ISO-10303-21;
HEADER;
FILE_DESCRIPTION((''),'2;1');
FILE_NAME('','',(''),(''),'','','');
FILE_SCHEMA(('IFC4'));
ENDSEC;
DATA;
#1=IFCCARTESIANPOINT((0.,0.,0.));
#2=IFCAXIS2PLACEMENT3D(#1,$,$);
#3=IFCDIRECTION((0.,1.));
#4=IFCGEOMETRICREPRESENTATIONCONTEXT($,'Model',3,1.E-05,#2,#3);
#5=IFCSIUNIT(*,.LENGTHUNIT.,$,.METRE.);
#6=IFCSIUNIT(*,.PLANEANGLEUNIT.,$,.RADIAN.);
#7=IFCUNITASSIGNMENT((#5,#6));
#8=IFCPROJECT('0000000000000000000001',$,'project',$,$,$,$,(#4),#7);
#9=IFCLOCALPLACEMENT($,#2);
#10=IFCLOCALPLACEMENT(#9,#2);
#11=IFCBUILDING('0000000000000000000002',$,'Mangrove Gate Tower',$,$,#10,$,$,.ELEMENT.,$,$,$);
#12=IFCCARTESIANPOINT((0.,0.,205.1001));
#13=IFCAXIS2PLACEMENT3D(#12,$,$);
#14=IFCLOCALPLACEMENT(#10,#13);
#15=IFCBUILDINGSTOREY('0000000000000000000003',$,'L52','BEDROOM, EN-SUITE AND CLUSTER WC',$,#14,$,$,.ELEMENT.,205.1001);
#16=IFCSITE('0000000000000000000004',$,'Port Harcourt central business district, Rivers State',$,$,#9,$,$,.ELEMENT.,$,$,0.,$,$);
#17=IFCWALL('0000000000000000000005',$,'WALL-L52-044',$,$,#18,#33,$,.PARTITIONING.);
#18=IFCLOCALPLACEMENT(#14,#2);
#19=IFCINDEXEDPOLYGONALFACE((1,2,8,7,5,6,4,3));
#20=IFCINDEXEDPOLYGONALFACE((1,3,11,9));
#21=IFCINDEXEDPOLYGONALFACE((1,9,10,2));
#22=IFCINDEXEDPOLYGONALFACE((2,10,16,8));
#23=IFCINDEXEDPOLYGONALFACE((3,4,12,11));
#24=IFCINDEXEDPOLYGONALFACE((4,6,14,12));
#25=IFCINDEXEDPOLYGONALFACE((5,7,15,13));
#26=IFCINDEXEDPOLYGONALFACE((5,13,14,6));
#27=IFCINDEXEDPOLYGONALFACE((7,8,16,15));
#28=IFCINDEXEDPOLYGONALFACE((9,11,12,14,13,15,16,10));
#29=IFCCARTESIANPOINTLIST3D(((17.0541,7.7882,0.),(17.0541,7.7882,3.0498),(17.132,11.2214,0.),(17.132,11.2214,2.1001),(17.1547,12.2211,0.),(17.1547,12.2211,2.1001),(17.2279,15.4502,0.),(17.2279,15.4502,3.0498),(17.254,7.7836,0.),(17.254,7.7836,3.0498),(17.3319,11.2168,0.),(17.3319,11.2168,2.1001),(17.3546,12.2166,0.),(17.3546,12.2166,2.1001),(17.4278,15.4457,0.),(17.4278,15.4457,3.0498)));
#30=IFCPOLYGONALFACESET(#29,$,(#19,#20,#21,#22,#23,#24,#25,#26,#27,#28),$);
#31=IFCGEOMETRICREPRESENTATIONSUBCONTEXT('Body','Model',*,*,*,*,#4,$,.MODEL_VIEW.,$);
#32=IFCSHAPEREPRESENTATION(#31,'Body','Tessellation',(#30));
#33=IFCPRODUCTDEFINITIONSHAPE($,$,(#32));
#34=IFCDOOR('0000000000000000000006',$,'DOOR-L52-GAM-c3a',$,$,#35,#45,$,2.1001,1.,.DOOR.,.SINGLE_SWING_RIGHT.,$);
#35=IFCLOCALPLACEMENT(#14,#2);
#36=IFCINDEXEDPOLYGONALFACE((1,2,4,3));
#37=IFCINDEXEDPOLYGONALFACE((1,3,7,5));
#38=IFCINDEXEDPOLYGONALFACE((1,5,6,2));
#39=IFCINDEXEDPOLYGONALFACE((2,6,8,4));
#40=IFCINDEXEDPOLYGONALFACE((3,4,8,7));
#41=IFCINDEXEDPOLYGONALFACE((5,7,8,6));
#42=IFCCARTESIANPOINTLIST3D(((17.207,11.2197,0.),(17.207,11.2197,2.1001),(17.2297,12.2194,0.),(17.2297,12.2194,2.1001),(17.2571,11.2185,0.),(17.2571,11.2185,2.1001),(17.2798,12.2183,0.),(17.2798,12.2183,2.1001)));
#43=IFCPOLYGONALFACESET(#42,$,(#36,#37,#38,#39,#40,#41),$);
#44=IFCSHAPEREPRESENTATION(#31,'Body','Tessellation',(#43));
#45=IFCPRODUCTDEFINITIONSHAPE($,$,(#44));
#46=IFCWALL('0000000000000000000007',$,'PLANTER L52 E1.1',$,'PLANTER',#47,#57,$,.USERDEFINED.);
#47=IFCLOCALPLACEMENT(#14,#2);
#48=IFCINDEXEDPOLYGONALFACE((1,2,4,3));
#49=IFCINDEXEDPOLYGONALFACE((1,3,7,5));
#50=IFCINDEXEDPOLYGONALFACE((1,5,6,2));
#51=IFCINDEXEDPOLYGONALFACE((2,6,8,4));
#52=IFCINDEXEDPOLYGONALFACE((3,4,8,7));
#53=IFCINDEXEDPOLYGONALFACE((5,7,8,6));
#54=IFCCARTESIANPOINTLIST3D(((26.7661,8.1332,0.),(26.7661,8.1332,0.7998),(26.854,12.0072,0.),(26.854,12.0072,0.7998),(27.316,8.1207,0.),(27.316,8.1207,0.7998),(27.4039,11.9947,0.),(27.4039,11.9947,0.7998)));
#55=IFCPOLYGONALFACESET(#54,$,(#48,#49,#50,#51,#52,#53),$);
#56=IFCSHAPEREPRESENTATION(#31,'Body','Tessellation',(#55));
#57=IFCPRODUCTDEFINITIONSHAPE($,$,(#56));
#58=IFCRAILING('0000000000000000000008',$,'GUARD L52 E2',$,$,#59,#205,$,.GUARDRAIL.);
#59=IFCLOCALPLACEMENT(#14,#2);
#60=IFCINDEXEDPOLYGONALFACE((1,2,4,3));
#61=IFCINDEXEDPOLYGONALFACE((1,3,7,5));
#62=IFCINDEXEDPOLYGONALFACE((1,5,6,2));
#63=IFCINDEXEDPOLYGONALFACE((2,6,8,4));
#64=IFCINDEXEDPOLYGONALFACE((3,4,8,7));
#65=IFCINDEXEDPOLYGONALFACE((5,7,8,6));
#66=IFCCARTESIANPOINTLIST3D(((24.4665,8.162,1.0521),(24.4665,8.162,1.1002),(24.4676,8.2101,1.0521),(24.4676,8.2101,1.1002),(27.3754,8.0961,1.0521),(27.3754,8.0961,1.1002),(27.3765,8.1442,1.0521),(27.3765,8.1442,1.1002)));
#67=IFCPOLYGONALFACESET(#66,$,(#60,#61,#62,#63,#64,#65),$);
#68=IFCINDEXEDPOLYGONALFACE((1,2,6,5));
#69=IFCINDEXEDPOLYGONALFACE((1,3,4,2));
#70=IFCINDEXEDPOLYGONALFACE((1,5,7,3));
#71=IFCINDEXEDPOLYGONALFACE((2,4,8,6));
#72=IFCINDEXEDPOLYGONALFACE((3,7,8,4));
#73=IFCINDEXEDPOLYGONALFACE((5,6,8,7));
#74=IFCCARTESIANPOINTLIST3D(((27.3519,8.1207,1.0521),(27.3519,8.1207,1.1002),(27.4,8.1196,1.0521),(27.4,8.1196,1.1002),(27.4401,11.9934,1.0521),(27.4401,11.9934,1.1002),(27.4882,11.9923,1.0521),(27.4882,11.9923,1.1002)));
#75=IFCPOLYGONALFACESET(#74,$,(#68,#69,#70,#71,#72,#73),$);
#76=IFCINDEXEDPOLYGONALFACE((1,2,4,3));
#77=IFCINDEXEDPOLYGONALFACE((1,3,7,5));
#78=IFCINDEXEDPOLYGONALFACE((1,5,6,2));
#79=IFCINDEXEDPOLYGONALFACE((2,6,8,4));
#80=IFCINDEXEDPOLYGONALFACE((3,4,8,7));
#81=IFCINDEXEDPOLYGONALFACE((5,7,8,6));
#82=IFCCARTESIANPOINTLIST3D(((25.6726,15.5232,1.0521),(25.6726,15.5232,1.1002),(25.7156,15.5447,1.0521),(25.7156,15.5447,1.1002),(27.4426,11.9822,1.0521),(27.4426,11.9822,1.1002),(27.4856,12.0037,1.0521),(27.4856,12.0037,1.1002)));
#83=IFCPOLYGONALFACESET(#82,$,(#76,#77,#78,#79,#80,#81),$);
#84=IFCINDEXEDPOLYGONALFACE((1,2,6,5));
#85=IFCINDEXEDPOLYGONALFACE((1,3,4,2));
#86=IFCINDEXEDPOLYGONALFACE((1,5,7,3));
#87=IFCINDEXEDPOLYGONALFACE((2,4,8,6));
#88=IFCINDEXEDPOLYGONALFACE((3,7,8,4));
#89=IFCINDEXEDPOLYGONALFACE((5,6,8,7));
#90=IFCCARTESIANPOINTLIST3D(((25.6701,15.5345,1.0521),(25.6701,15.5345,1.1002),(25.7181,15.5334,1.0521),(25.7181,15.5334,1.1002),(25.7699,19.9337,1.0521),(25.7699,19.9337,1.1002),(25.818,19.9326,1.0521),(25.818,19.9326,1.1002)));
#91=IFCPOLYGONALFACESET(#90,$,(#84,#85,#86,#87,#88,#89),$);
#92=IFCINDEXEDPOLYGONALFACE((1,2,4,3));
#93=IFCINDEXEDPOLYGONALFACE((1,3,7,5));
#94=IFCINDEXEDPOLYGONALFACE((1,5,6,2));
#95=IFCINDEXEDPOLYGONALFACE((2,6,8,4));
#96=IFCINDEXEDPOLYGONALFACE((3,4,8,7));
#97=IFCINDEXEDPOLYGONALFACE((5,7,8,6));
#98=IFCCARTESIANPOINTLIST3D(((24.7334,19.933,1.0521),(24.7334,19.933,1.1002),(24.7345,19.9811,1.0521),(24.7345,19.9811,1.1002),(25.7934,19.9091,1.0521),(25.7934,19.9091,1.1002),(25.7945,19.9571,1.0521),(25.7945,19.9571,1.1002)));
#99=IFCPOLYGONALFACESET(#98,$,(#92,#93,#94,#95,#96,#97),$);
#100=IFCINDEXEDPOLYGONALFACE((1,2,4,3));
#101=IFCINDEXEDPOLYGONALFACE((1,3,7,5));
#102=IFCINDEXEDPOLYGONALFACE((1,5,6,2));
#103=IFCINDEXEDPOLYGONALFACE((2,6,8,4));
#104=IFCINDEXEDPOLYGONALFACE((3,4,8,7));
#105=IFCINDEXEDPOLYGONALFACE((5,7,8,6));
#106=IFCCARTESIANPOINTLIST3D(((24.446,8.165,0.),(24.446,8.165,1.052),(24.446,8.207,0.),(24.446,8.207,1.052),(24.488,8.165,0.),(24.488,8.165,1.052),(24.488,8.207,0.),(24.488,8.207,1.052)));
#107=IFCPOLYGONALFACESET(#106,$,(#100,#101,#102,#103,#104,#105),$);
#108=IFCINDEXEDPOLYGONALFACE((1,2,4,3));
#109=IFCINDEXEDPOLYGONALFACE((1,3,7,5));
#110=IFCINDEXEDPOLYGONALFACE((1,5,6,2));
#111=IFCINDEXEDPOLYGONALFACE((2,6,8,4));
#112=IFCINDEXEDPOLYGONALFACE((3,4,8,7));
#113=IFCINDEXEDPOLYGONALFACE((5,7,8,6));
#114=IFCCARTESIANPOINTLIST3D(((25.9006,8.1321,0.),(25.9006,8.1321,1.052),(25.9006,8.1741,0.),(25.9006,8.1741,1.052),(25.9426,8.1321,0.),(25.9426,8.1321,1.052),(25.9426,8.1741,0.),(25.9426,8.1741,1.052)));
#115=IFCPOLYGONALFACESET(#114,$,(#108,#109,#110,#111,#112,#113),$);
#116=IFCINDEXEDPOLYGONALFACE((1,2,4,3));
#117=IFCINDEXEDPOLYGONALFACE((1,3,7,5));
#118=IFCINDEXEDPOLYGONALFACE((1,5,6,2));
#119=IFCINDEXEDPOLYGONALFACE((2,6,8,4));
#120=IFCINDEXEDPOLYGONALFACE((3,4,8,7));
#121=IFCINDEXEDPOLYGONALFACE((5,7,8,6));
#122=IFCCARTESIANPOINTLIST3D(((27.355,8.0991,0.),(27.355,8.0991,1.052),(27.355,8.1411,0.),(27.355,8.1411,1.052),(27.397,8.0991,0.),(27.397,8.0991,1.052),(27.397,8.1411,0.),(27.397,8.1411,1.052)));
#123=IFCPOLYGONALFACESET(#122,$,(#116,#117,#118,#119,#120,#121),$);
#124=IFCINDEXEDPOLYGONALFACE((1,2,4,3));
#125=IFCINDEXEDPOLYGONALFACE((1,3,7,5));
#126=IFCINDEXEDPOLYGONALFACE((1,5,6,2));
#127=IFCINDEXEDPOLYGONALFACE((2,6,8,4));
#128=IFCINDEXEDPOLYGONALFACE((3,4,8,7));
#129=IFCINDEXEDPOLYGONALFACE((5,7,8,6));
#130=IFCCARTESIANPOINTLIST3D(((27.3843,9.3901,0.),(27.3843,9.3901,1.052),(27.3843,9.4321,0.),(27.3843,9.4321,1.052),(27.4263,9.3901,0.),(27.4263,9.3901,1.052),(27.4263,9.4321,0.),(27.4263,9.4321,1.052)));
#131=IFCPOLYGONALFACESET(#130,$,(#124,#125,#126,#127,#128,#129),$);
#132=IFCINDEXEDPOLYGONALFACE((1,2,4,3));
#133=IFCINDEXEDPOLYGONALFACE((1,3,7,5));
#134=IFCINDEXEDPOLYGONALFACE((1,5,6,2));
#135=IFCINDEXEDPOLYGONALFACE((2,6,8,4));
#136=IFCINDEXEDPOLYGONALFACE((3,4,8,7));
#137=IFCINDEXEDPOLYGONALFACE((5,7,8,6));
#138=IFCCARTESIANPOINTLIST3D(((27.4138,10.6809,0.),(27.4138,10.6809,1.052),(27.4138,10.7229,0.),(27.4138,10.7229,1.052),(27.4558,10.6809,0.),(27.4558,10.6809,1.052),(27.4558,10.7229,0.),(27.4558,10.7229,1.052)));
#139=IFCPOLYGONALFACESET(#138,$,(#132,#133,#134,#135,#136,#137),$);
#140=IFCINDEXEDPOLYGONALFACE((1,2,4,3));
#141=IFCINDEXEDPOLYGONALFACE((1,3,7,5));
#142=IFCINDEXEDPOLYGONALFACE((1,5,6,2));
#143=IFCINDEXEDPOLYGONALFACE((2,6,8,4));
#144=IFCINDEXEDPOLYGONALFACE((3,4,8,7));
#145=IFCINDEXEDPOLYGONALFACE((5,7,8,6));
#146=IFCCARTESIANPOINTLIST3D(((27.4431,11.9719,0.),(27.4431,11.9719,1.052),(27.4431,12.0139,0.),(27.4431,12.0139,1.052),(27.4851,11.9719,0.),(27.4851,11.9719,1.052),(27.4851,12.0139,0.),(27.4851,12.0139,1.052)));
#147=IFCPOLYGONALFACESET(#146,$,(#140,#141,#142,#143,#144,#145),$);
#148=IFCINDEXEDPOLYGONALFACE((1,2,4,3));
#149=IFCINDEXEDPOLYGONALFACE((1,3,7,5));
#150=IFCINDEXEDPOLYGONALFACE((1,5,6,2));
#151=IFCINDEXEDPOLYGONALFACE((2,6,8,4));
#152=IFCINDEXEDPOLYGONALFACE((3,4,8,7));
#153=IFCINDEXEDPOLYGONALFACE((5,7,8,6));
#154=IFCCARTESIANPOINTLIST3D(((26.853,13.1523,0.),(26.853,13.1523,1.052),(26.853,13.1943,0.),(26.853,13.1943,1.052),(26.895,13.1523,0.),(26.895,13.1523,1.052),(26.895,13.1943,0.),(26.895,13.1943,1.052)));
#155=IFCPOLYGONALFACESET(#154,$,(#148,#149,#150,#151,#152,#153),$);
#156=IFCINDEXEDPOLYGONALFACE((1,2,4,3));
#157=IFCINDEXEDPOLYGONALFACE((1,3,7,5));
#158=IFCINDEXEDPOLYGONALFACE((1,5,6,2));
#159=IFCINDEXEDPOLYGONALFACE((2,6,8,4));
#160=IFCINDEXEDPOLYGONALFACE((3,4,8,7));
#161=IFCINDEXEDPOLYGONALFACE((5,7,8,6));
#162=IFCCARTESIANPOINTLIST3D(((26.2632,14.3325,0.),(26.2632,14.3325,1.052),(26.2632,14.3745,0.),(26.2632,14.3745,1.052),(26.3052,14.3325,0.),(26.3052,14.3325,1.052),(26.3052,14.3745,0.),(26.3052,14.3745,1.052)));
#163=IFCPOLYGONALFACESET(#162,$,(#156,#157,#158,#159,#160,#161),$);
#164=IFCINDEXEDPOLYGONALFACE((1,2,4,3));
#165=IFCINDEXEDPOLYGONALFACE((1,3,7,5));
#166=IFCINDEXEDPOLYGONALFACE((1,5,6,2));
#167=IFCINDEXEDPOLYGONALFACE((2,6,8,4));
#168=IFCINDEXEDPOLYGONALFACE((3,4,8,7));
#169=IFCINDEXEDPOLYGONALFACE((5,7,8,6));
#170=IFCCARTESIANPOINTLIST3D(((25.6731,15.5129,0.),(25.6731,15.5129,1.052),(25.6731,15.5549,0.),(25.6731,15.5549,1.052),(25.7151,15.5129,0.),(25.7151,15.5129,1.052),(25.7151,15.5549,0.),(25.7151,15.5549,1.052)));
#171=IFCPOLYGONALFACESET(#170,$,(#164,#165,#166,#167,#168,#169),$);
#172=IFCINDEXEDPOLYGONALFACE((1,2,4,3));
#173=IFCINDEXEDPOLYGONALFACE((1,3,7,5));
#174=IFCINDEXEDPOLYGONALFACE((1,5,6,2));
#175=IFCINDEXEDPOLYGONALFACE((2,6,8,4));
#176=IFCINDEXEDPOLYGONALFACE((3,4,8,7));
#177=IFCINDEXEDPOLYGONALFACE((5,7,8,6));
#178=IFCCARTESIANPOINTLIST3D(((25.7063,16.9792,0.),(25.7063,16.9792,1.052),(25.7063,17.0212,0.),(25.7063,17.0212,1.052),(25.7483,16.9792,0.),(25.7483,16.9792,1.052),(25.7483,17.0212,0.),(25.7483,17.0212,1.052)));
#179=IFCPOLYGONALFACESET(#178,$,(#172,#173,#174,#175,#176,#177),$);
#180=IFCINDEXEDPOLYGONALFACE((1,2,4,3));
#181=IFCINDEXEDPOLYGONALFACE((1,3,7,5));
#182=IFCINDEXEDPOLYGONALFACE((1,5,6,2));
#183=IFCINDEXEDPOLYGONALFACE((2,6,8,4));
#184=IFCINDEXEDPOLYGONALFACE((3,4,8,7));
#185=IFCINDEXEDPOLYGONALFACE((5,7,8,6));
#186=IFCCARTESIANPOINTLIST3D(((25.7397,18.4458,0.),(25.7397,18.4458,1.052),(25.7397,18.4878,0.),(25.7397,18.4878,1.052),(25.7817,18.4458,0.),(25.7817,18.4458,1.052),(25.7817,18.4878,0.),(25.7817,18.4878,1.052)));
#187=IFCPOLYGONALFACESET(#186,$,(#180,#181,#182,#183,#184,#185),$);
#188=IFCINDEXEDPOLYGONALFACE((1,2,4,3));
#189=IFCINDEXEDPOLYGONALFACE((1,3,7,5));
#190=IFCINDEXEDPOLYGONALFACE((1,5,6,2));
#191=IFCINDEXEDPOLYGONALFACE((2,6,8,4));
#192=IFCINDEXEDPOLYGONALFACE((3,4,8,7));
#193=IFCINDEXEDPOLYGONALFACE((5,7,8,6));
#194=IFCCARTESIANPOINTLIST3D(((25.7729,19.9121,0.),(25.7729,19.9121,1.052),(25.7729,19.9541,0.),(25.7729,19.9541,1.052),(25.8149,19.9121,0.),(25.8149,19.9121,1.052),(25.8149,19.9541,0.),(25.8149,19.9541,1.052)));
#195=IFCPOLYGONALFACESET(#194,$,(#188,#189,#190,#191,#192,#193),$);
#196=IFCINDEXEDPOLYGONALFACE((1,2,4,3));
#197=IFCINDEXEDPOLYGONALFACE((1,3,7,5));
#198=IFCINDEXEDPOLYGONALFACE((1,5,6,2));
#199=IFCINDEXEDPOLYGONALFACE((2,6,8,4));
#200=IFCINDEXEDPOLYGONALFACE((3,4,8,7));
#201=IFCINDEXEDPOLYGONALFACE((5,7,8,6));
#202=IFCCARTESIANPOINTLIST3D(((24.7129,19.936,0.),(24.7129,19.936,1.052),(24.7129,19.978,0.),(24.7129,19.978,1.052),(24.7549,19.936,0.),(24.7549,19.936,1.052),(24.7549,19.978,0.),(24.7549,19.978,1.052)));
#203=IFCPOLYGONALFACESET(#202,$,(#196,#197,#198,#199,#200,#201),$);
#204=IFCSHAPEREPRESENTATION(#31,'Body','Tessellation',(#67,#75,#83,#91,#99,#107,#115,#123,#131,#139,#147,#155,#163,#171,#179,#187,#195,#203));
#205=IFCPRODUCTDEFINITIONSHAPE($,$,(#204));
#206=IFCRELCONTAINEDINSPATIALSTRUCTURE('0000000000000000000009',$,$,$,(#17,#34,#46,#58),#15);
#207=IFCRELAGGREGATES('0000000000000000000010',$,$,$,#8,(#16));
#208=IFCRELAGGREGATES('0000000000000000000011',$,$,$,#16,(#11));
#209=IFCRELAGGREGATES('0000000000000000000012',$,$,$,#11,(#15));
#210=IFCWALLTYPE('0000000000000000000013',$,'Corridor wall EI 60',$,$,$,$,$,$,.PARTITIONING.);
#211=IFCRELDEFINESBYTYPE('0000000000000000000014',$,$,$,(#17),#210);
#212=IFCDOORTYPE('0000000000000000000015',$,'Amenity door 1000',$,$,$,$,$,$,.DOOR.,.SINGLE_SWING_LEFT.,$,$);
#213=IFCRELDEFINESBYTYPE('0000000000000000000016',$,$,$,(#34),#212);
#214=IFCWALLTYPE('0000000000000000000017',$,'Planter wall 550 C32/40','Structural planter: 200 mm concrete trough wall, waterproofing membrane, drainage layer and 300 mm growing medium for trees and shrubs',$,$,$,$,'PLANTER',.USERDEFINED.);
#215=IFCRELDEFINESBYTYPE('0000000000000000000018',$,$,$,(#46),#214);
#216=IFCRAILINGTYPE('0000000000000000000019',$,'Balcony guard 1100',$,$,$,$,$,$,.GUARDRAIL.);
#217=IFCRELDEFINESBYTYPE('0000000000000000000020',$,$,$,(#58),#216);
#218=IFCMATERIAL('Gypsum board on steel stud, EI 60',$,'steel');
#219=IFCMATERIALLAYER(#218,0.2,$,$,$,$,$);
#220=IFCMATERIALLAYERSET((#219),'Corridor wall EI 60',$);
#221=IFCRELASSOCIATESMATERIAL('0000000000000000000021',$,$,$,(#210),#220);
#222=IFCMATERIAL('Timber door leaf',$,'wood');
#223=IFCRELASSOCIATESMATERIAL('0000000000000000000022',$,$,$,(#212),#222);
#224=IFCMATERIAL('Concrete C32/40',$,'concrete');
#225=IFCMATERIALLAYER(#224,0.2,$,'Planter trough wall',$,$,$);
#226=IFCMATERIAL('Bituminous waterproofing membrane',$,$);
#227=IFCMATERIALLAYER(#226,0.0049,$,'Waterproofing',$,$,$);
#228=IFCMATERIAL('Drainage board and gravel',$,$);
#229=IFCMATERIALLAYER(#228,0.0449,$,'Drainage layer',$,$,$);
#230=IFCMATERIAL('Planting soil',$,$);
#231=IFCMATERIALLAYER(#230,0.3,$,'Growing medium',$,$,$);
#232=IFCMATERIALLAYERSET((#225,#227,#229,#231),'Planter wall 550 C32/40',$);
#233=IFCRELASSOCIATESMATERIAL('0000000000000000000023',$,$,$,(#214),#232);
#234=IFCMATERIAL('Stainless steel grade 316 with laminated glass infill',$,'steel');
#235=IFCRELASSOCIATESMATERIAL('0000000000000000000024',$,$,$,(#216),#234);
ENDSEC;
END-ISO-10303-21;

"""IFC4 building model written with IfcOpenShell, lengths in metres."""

from ifc_helpers import new_model, si_unit, direction, frame, frame_2d, origin, origin_2d, place, context, subcontext, project, spatial, rectangle, extrude, material, layer, layer_set, type_object, element, fill, save


model = new_model("IFC4")

# Units and contexts
model_context = context("Model", 3, precision=1e-05, world=origin(), true_north=direction((0.0, 1.0)))
body_context = subcontext(model_context, "Body", "Model", "MODEL_VIEW")
ifc_project = project(units=[si_unit("LENGTHUNIT", "METRE"), si_unit("PLANEANGLEUNIT", "RADIAN")], contexts=[model_context])

# Site, building, storey
site_placement = place(None, origin())
site = spatial("IfcSite", under=ifc_project, at=site_placement, Name="Port Harcourt central business district, Rivers State", CompositionType="ELEMENT", RefElevation=0.0)
building_placement = place(site_placement, origin())
building = spatial("IfcBuilding", under=site, at=building_placement, Name="Mangrove Gate Tower", CompositionType="ELEMENT")
storey_placement = place(building_placement, frame((0.0, 0.0, 205.1001)))
storey = spatial("IfcBuildingStorey", under=building, at=storey_placement, Name="L52", Description="BEDROOM, EN-SUITE AND CLUSTER WC", CompositionType="ELEMENT", Elevation=205.1001)

# Wall, opening, door
ifc_material_1 = material(Name="Gypsum board on steel stud, EI 60", Category="steel")
ifc_layer_1 = layer(ifc_material_1, 0.2)
ifc_layer_set_1 = layer_set([ifc_layer_1], Name="Corridor wall EI 60")
wall_type_1 = type_object("IfcWallType", Name="Corridor wall EI 60", PredefinedType="PARTITIONING", material=ifc_layer_set_1)
wall_1_placement = place(storey_placement, frame((17.1541, 7.7859, 0.0), z_axis=(0.0, 0.0, 1.0), x_axis=(0.022681, 0.999743, 0.0)))
wall_1 = element("IfcWall", 1, at=wall_1_placement, inside=storey, type_object=wall_type_1, Name="WALL-L52-044", PredefinedType="PARTITIONING", context=body_context, shape_type="SweptSolid", body=[
    extrude(rectangle(XDim=7.6641, YDim=0.2, at=frame_2d((3.832, 0.0))), origin(), (0.0, 0.0, 1.0), 3.0498),
])
opening_1_placement = place(wall_1_placement, frame((3.4341, 0.0, 0.0)))
opening_1 = element("IfcOpeningElement", 2, at=opening_1_placement, cuts=wall_1, PredefinedType="OPENING", context=body_context, shape_type="SweptSolid", body=[
    extrude(rectangle(XDim=1.0, YDim=2.1001, at=frame_2d((0.5, 1.05))), frame((0.0, 0.1099, 0.0), z_axis=(0.0, -1.0, 0.0), x_axis=(1.0, 0.0, 0.0)), (0.0, 0.0, 1.0), 0.22),
])
ifc_material_2 = material(Name="Timber door leaf", Category="wood")
door_type_1 = type_object("IfcDoorType", Name="Amenity door 1000", OperationType="SINGLE_SWING_LEFT", PredefinedType="DOOR", material=ifc_material_2)
door_1_placement = place(opening_1_placement, origin())
door_1 = element("IfcDoor", 3, at=door_1_placement, inside=storey, type_object=door_type_1, Name="DOOR-L52-GAM-c3a", OperationType="SINGLE_SWING_RIGHT", OverallHeight=2.1001, OverallWidth=1.0, PredefinedType="DOOR", context=body_context, shape_type="SweptSolid", body=[
    extrude(rectangle(XDim=1.0, YDim=2.1001, at=frame_2d((0.5, 1.05))), frame((0.0, 0.0249, 0.0), z_axis=(0.0, -1.0, 0.0), x_axis=(1.0, 0.0, 0.0)), (0.0, 0.0, 1.0), 0.05),
])
fill(opening_1, door_1)

# Wall
ifc_material_3 = material(Name="Concrete C32/40", Category="concrete")
ifc_layer_2 = layer(ifc_material_3, 0.2, Name="Planter trough wall")
ifc_material_4 = material(Name="Bituminous waterproofing membrane")
ifc_layer_3 = layer(ifc_material_4, 0.0049, Name="Waterproofing")
ifc_material_5 = material(Name="Drainage board and gravel")
ifc_layer_4 = layer(ifc_material_5, 0.0449, Name="Drainage layer")
ifc_material_6 = material(Name="Planting soil")
ifc_layer_5 = layer(ifc_material_6, 0.3, Name="Growing medium")
ifc_layer_set_2 = layer_set([ifc_layer_2, ifc_layer_3, ifc_layer_4, ifc_layer_5], Name="Planter wall 550 C32/40")
wall_type_2 = type_object("IfcWallType", Name="Planter wall 550 C32/40", Description="Structural planter: 200 mm concrete trough wall, waterproofing membrane, drainage layer and 300 mm growing medium for trees and shrubs", ElementType="PLANTER", PredefinedType="USERDEFINED", material=ifc_layer_set_2)
wall_2_placement = place(storey_placement, frame((27.041, 8.127, 0.0), z_axis=(0.0, 0.0, 1.0), x_axis=(0.022681, 0.999743, 0.0)))
element("IfcWall", 4, at=wall_2_placement, inside=storey, type_object=wall_type_2, Name="PLANTER L52 E1.1", ObjectType="PLANTER", PredefinedType="USERDEFINED", context=body_context, shape_type="SweptSolid", body=[
    extrude(rectangle(XDim=3.875, YDim=0.55, at=frame_2d((1.9375, 0.0))), origin(), (0.0, 0.0, 1.0), 0.7998),
])

# Railing
ifc_material_7 = material(Name="Stainless steel grade 316 with laminated glass infill", Category="steel")
railing_type = type_object("IfcRailingType", Name="Balcony guard 1100", PredefinedType="GUARDRAIL", material=ifc_material_7)
railing_placement = place(storey_placement, frame((24.467, 8.186, 0.0)))
element("IfcRailing", 5, at=railing_placement, inside=storey, type_object=railing_type, Name="GUARD L52 E2", PredefinedType="GUARDRAIL", context=body_context, shape_type="SweptSolid", body=[
    extrude(rectangle(XDim=0.0481, YDim=0.0481, at=origin_2d()), frame((0.0, 0.0, 1.0762), z_axis=(0.999743, -0.022655, 0.0), x_axis=(0.022655, 0.999743, 0.0)), (0.0, 0.0, 1.0), 2.9097),
    extrude(rectangle(XDim=0.0481, YDim=0.0481, at=origin_2d()), frame((2.9089, -0.0659, 1.0762), z_axis=(0.022751, 0.999741, 0.0), x_axis=(-0.999741, 0.022751, 0.0)), (0.0, 0.0, 1.0), 3.8738),
    extrude(rectangle(XDim=0.0481, YDim=0.0481, at=origin_2d()), frame((2.9971, 3.8069, 1.0762), z_axis=(-0.447115, 0.894477, 0.0), x_axis=(-0.894477, -0.447115, 0.0)), (0.0, 0.0, 1.0), 3.9587),
    extrude(rectangle(XDim=0.0481, YDim=0.0481, at=origin_2d()), frame((1.2271, 7.3479, 1.0762), z_axis=(0.022692, 0.999742, 0.0), x_axis=(-0.999742, 0.022692, 0.0)), (0.0, 0.0, 1.0), 4.4004),
    extrude(rectangle(XDim=0.0481, YDim=0.0481, at=origin_2d()), frame((1.3269, 11.7471, 1.0762), z_axis=(-0.999745, 0.022564, 0.0), x_axis=(-0.022564, -0.999745, 0.0)), (0.0, 0.0, 1.0), 1.0603),
    extrude(rectangle(XDim=0.042, YDim=0.042, at=origin_2d()), origin(), (0.0, 0.0, 1.0), 1.052),
    extrude(rectangle(XDim=0.042, YDim=0.042, at=origin_2d()), frame((1.4546, -0.033, 0.0)), (0.0, 0.0, 1.0), 1.052),
    extrude(rectangle(XDim=0.042, YDim=0.042, at=origin_2d()), frame((2.9089, -0.0659, 0.0)), (0.0, 0.0, 1.0), 1.052),
    extrude(rectangle(XDim=0.042, YDim=0.042, at=origin_2d()), frame((2.9382, 1.2251, 0.0)), (0.0, 0.0, 1.0), 1.052),
    extrude(rectangle(XDim=0.042, YDim=0.042, at=origin_2d()), frame((2.9678, 2.5159, 0.0)), (0.0, 0.0, 1.0), 1.052),
    extrude(rectangle(XDim=0.042, YDim=0.042, at=origin_2d()), frame((2.9971, 3.8069, 0.0)), (0.0, 0.0, 1.0), 1.052),
    extrude(rectangle(XDim=0.042, YDim=0.042, at=origin_2d()), frame((2.407, 4.9873, 0.0)), (0.0, 0.0, 1.0), 1.052),
    extrude(rectangle(XDim=0.042, YDim=0.042, at=origin_2d()), frame((1.8171, 6.1675, 0.0)), (0.0, 0.0, 1.0), 1.052),
    extrude(rectangle(XDim=0.042, YDim=0.042, at=origin_2d()), frame((1.2271, 7.3479, 0.0)), (0.0, 0.0, 1.0), 1.052),
    extrude(rectangle(XDim=0.042, YDim=0.042, at=origin_2d()), frame((1.2603, 8.8142, 0.0)), (0.0, 0.0, 1.0), 1.052),
    extrude(rectangle(XDim=0.042, YDim=0.042, at=origin_2d()), frame((1.2937, 10.2808, 0.0)), (0.0, 0.0, 1.0), 1.052),
    extrude(rectangle(XDim=0.042, YDim=0.042, at=origin_2d()), frame((1.3269, 11.7471, 0.0)), (0.0, 0.0, 1.0), 1.052),
    extrude(rectangle(XDim=0.042, YDim=0.042, at=origin_2d()), frame((0.2668, 11.771, 0.0)), (0.0, 0.0, 1.0), 1.052),
])

save(model, "model.ifc")
